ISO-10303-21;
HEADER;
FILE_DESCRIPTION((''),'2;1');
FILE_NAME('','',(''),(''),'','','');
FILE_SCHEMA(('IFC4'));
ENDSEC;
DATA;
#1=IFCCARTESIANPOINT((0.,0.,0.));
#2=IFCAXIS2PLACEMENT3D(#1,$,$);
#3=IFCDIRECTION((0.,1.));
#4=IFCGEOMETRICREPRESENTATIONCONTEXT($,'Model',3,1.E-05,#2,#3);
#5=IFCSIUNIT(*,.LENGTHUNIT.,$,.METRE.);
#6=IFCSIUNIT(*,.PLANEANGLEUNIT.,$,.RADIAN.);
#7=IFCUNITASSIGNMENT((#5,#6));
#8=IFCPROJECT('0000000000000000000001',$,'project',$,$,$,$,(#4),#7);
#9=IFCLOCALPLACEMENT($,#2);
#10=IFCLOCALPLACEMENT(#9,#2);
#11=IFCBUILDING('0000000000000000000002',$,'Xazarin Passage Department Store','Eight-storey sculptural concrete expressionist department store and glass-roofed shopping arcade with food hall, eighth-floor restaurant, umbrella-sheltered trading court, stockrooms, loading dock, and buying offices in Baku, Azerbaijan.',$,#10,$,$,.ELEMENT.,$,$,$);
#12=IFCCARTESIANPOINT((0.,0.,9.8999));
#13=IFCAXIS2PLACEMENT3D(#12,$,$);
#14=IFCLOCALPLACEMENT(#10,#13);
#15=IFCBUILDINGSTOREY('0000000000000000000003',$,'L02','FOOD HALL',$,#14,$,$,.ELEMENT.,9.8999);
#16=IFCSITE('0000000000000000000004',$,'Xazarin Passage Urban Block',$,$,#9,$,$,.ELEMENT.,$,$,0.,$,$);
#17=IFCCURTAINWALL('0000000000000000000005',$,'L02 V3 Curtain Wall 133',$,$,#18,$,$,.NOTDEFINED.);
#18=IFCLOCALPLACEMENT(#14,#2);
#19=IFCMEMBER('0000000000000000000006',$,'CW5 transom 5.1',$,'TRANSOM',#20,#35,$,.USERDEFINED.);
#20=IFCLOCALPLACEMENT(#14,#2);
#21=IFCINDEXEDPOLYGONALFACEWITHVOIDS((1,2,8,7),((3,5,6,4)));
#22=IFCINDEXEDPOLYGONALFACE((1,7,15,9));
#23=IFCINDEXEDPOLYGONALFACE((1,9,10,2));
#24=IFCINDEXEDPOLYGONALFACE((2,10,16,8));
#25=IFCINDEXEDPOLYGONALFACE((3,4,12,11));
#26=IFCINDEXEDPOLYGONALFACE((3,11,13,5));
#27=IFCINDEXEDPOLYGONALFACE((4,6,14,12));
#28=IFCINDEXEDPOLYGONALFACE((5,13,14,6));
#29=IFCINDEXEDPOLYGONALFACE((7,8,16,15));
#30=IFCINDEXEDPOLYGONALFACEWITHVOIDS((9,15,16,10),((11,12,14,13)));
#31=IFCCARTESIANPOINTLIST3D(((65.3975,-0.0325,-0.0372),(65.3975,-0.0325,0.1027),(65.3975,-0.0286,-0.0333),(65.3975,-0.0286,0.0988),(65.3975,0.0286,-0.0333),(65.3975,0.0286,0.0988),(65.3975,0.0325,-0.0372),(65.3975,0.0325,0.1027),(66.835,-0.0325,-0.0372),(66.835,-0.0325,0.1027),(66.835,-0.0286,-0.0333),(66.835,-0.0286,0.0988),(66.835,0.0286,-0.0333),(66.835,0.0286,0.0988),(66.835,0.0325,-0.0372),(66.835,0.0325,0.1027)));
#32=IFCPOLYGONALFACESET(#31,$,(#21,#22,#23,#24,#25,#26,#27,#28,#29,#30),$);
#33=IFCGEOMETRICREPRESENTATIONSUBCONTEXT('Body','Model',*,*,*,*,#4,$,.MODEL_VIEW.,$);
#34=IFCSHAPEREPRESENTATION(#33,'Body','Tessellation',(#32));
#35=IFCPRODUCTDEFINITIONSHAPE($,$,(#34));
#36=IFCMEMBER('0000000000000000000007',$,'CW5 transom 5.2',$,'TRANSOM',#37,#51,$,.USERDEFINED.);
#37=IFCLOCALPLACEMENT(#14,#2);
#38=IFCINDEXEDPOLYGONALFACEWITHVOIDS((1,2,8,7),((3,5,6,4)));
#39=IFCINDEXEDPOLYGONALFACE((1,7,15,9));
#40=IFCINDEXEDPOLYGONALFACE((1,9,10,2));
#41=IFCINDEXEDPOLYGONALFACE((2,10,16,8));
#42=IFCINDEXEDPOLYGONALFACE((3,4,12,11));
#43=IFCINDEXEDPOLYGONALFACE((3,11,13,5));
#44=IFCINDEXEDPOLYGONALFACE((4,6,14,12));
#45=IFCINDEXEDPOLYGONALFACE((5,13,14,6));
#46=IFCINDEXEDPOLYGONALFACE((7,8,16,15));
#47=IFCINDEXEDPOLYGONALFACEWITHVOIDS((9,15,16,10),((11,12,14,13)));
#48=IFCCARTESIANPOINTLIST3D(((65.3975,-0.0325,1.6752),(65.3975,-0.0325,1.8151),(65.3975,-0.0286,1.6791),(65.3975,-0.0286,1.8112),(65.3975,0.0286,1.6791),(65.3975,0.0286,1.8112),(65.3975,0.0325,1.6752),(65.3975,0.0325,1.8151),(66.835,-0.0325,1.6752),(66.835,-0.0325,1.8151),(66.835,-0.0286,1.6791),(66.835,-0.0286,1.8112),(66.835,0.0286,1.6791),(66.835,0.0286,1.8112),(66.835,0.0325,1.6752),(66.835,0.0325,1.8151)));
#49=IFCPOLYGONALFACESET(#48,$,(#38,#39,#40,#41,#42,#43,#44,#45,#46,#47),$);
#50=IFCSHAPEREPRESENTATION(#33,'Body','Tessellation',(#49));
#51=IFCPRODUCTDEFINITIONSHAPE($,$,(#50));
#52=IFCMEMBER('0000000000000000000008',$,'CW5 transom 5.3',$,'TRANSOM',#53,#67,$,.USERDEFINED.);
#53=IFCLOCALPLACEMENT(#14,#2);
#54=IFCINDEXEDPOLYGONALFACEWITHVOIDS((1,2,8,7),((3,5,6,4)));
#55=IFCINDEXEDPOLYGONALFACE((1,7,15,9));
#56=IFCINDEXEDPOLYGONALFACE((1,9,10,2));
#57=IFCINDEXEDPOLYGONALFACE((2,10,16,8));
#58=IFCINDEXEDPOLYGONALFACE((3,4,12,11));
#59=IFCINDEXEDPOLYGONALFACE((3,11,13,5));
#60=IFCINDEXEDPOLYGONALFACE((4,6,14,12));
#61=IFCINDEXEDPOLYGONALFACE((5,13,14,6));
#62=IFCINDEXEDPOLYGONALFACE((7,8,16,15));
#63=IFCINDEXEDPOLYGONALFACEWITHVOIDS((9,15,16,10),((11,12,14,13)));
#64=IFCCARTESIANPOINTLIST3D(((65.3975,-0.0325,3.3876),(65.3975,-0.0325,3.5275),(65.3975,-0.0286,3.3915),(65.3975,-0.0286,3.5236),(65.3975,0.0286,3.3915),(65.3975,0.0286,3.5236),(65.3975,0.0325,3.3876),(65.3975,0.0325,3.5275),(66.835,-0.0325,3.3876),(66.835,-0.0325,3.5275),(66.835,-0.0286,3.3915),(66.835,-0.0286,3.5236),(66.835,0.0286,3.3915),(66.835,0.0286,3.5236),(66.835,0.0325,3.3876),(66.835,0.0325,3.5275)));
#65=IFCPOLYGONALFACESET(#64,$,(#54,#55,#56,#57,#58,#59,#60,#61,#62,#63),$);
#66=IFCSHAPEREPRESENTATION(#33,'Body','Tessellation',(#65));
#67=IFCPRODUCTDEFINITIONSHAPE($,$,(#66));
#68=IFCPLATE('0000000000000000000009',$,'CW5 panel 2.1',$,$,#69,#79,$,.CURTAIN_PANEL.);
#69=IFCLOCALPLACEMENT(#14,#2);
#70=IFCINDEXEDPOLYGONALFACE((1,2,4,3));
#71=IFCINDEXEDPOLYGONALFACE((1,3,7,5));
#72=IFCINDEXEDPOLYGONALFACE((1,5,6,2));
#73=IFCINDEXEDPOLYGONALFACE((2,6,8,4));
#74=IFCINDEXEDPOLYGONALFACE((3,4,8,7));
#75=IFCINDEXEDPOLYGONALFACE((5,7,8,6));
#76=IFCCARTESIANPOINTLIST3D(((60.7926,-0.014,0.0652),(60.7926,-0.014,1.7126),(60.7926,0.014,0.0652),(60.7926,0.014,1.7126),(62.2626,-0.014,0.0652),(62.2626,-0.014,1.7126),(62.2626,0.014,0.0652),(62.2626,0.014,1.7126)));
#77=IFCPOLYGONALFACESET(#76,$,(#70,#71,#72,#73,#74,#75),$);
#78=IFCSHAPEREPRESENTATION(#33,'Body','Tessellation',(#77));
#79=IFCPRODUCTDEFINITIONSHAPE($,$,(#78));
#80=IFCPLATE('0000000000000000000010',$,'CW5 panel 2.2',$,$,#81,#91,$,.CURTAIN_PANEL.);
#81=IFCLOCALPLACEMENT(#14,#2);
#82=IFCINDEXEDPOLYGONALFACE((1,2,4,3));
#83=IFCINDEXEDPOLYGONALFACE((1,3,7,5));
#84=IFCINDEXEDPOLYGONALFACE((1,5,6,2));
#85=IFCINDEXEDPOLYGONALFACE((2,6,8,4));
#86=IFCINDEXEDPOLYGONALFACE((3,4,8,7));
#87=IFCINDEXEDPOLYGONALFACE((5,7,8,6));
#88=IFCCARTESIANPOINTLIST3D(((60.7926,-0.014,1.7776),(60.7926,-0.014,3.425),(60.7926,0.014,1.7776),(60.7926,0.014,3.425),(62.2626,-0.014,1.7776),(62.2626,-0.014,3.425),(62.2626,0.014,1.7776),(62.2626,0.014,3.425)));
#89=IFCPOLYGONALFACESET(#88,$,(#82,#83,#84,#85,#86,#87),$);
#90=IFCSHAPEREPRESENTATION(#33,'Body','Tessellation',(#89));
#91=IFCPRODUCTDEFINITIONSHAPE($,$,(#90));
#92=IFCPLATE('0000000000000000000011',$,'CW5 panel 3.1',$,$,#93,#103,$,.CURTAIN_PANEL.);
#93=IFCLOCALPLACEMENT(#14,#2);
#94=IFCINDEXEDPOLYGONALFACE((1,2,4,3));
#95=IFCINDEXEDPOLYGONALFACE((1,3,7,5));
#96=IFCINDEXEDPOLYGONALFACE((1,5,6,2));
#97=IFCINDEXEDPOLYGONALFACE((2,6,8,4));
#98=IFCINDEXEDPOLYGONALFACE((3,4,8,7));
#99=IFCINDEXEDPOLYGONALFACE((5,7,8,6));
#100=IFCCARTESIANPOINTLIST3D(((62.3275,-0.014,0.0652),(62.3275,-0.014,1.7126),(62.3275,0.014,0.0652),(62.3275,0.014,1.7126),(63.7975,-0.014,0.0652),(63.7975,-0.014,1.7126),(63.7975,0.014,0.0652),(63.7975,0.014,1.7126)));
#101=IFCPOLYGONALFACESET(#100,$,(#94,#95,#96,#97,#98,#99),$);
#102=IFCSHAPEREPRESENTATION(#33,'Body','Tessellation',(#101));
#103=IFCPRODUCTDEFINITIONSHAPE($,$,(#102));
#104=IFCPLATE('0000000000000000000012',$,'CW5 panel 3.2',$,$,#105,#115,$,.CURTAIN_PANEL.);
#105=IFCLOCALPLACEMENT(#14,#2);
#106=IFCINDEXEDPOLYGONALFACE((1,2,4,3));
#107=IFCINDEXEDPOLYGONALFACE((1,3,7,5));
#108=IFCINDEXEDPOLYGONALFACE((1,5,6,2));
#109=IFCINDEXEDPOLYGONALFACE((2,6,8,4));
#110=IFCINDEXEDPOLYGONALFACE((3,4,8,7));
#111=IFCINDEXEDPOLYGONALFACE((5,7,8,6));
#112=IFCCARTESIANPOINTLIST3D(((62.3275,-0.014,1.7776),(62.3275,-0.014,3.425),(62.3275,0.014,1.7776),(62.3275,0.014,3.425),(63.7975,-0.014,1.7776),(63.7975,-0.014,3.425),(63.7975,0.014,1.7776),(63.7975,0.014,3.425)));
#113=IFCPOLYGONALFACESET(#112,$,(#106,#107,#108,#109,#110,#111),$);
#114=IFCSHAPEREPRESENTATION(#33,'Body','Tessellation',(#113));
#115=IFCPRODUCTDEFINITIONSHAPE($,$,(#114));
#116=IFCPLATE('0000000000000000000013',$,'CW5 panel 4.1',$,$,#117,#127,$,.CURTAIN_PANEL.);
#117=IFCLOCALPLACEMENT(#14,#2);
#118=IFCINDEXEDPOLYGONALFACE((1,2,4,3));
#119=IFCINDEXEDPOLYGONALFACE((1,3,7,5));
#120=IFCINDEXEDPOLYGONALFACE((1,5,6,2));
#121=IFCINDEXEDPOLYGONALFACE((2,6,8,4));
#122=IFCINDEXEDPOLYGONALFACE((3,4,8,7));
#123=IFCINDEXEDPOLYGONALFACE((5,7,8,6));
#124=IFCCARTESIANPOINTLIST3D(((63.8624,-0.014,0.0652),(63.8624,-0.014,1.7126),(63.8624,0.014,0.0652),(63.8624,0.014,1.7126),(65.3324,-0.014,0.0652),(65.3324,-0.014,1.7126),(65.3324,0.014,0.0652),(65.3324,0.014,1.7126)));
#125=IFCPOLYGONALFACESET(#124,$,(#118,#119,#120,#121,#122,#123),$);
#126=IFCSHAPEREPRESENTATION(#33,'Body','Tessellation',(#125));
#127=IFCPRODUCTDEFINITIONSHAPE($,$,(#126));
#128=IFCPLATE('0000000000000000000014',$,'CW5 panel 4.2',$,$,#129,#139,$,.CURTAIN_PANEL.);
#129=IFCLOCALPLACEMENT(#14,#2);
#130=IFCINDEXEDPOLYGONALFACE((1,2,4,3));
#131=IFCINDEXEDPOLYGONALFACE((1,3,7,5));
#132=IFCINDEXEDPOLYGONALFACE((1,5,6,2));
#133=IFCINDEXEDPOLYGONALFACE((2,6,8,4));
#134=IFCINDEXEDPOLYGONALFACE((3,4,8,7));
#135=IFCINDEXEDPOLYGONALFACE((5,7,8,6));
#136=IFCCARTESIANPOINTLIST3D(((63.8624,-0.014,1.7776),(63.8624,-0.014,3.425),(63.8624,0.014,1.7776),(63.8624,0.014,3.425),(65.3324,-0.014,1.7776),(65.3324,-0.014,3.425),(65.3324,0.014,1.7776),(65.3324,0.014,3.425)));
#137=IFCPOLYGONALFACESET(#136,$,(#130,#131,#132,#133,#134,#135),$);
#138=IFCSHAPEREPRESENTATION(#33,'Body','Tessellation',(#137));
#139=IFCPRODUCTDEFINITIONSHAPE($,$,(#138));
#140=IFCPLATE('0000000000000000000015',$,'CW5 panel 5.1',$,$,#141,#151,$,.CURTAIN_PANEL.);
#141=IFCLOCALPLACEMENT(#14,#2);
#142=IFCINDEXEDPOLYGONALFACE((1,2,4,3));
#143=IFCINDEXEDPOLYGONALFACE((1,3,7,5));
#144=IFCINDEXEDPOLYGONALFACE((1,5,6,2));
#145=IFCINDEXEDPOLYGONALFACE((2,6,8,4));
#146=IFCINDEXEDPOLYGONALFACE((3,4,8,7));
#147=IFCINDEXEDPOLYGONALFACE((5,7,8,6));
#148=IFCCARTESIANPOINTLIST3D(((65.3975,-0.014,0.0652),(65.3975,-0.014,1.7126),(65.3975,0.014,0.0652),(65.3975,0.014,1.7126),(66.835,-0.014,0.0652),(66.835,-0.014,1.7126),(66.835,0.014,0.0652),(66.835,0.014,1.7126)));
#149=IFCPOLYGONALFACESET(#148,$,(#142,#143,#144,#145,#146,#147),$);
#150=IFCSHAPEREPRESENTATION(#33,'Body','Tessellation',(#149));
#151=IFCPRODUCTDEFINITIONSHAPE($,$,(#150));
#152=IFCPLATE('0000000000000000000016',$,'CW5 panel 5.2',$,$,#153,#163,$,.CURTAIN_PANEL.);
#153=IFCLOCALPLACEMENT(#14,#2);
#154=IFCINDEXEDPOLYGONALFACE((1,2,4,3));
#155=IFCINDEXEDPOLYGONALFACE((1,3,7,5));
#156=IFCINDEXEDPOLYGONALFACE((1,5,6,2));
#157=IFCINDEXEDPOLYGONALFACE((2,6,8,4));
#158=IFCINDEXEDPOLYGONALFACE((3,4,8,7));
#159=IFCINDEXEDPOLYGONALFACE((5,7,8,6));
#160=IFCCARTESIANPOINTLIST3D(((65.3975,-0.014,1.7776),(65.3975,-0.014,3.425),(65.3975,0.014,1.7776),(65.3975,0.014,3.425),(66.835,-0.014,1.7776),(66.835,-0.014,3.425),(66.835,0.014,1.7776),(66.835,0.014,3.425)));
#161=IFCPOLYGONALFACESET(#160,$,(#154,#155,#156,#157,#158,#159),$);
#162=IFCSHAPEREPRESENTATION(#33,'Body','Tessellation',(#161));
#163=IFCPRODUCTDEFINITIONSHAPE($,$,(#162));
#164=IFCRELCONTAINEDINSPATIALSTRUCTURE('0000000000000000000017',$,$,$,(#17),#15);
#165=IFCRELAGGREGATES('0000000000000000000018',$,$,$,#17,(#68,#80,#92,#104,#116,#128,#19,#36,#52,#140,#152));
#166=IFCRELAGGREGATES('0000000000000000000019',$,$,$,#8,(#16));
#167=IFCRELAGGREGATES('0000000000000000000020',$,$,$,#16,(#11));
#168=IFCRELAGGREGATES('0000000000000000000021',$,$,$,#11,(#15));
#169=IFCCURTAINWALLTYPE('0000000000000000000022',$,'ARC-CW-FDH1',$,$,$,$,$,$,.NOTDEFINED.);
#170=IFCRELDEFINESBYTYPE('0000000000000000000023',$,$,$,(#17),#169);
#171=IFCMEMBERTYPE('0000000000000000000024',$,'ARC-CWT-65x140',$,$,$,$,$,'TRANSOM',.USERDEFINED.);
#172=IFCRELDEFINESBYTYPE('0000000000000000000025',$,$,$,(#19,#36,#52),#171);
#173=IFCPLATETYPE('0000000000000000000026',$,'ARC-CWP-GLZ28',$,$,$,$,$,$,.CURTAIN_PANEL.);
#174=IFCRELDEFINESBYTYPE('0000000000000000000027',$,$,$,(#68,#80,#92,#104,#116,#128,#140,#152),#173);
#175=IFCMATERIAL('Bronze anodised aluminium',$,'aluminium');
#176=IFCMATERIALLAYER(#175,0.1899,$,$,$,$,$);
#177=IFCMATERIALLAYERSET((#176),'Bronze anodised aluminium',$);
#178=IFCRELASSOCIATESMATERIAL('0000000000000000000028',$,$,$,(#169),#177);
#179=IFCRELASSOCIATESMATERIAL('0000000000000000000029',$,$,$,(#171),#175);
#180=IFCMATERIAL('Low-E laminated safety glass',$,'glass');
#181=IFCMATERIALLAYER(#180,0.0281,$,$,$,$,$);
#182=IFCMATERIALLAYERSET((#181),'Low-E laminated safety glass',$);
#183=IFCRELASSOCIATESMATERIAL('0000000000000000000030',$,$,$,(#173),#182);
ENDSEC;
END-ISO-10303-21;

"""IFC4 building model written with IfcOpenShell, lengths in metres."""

from ifc_helpers import new_model, si_unit, direction, frame, origin, origin_2d, place, context, subcontext, project, spatial, rectangle, hollow_rectangle, extrude, material, layer, layer_set, material_profile, profile_set, type_object, element, aggregate, save


model = new_model("IFC4")

# Units and contexts
model_context = context("Model", 3, precision=1e-05, world=origin(), true_north=direction((0.0, 1.0)))
body_context = subcontext(model_context, "Body", "Model", "MODEL_VIEW")
ifc_project = project(units=[si_unit("LENGTHUNIT", "METRE"), si_unit("PLANEANGLEUNIT", "RADIAN")], contexts=[model_context])

# Site, building, storey
site_placement = place(None, origin())
site = spatial("IfcSite", under=ifc_project, at=site_placement, Name="Xazarin Passage Urban Block", CompositionType="ELEMENT", RefElevation=0.0)
building_placement = place(site_placement, origin())
building = spatial("IfcBuilding", under=site, at=building_placement, Name="Xazarin Passage Department Store", Description="Eight-storey sculptural concrete expressionist department store and glass-roofed shopping arcade with food hall, eighth-floor restaurant, umbrella-sheltered trading court, stockrooms, loading dock, and buying offices in Baku, Azerbaijan.", CompositionType="ELEMENT")
storey_placement = place(building_placement, frame((0.0, 0.0, 9.8999)))
storey = spatial("IfcBuildingStorey", under=building, at=storey_placement, Name="L02", Description="FOOD HALL", CompositionType="ELEMENT", Elevation=9.8999)

# Curtain wall, members, plates
ifc_material_1 = material(Name="Bronze anodised aluminium", Category="aluminium")
ifc_layer_1 = layer(ifc_material_1, 0.1899)
ifc_layer_set_1 = layer_set([ifc_layer_1], Name="Bronze anodised aluminium")
curtain_wall_type = type_object("IfcCurtainWallType", Name="ARC-CW-FDH1", PredefinedType="NOTDEFINED", material=ifc_layer_set_1)
curtain_wall_placement = place(storey_placement, origin())
curtain_wall = element("IfcCurtainWall", 1, at=curtain_wall_placement, inside=storey, type_object=curtain_wall_type, Name="L02 V3 Curtain Wall 133", PredefinedType="NOTDEFINED")
ifc_material_profile_1 = material_profile(ifc_material_1, hollow_rectangle(XDim=0.0649, YDim=0.1399, WallThickness=0.0039, at=origin_2d()), Name="ALU 65x140")
ifc_profile_set_1 = profile_set([ifc_material_profile_1], Name="Bronze anodised aluminium")
member_type_1 = type_object("IfcMemberType", Name="ARC-CWT-65x140", ElementType="TRANSOM", PredefinedType="USERDEFINED", material=ifc_profile_set_1)
member_1_placement = place(storey_placement, frame((65.3975, 0.0, 0.0327), z_axis=(1.0, 0.0, 0.0), x_axis=(0.0, 1.0, 0.0)))
member_1 = element("IfcMember", 2, at=member_1_placement, type_object=member_type_1, Name="CW5 transom 5.1", ObjectType="TRANSOM", PredefinedType="USERDEFINED", context=body_context, shape_type="SweptSolid", body=[
    extrude(hollow_rectangle(XDim=0.0649, YDim=0.1399, WallThickness=0.0039, at=origin_2d()), origin(), (0.0, 0.0, 1.0), 1.4375),
])
member_2_placement = place(storey_placement, frame((65.3975, 0.0, 1.7451), z_axis=(1.0, 0.0, 0.0), x_axis=(0.0, 1.0, 0.0)))
member_2 = element("IfcMember", 3, at=member_2_placement, type_object=member_type_1, Name="CW5 transom 5.2", ObjectType="TRANSOM", PredefinedType="USERDEFINED", context=body_context, shape_type="SweptSolid", body=[
    extrude(hollow_rectangle(XDim=0.0649, YDim=0.1399, WallThickness=0.0039, at=origin_2d()), origin(), (0.0, 0.0, 1.0), 1.4375),
])
member_3_placement = place(storey_placement, frame((65.3975, 0.0, 3.4575), z_axis=(1.0, 0.0, 0.0), x_axis=(0.0, 1.0, 0.0)))
member_3 = element("IfcMember", 4, at=member_3_placement, type_object=member_type_1, Name="CW5 transom 5.3", ObjectType="TRANSOM", PredefinedType="USERDEFINED", context=body_context, shape_type="SweptSolid", body=[
    extrude(hollow_rectangle(XDim=0.0649, YDim=0.1399, WallThickness=0.0039, at=origin_2d()), origin(), (0.0, 0.0, 1.0), 1.4375),
])
ifc_material_2 = material(Name="Low-E laminated safety glass", Category="glass")
ifc_layer_2 = layer(ifc_material_2, 0.0281)
ifc_layer_set_2 = layer_set([ifc_layer_2], Name="Low-E laminated safety glass")
plate_type = type_object("IfcPlateType", Name="ARC-CWP-GLZ28", PredefinedType="CURTAIN_PANEL", material=ifc_layer_set_2)
plate_1_placement = place(storey_placement, frame((61.5276, 0.0, 0.0652), z_axis=(0.0, 0.0, 1.0), x_axis=(1.0, 0.0, 0.0)))
plate_1 = element("IfcPlate", 5, at=plate_1_placement, type_object=plate_type, Name="CW5 panel 2.1", PredefinedType="CURTAIN_PANEL", context=body_context, shape_type="SweptSolid", body=[
    extrude(rectangle(XDim=1.47, YDim=0.0281, at=origin_2d()), origin(), (0.0, 0.0, 1.0), 1.6475),
])
plate_2_placement = place(storey_placement, frame((61.5276, 0.0, 1.7776), z_axis=(0.0, 0.0, 1.0), x_axis=(1.0, 0.0, 0.0)))
plate_2 = element("IfcPlate", 6, at=plate_2_placement, type_object=plate_type, Name="CW5 panel 2.2", PredefinedType="CURTAIN_PANEL", context=body_context, shape_type="SweptSolid", body=[
    extrude(rectangle(XDim=1.47, YDim=0.0281, at=origin_2d()), origin(), (0.0, 0.0, 1.0), 1.6475),
])
plate_3_placement = place(storey_placement, frame((63.0625, 0.0, 0.0652), z_axis=(0.0, 0.0, 1.0), x_axis=(1.0, 0.0, 0.0)))
plate_3 = element("IfcPlate", 7, at=plate_3_placement, type_object=plate_type, Name="CW5 panel 3.1", PredefinedType="CURTAIN_PANEL", context=body_context, shape_type="SweptSolid", body=[
    extrude(rectangle(XDim=1.47, YDim=0.0281, at=origin_2d()), origin(), (0.0, 0.0, 1.0), 1.6475),
])
plate_4_placement = place(storey_placement, frame((63.0625, 0.0, 1.7776), z_axis=(0.0, 0.0, 1.0), x_axis=(1.0, 0.0, 0.0)))
plate_4 = element("IfcPlate", 8, at=plate_4_placement, type_object=plate_type, Name="CW5 panel 3.2", PredefinedType="CURTAIN_PANEL", context=body_context, shape_type="SweptSolid", body=[
    extrude(rectangle(XDim=1.47, YDim=0.0281, at=origin_2d()), origin(), (0.0, 0.0, 1.0), 1.6475),
])
plate_5_placement = place(storey_placement, frame((64.5974, 0.0, 0.0652), z_axis=(0.0, 0.0, 1.0), x_axis=(1.0, 0.0, 0.0)))
plate_5 = element("IfcPlate", 9, at=plate_5_placement, type_object=plate_type, Name="CW5 panel 4.1", PredefinedType="CURTAIN_PANEL", context=body_context, shape_type="SweptSolid", body=[
    extrude(rectangle(XDim=1.47, YDim=0.0281, at=origin_2d()), origin(), (0.0, 0.0, 1.0), 1.6475),
])
plate_6_placement = place(storey_placement, frame((64.5974, 0.0, 1.7776), z_axis=(0.0, 0.0, 1.0), x_axis=(1.0, 0.0, 0.0)))
plate_6 = element("IfcPlate", 10, at=plate_6_placement, type_object=plate_type, Name="CW5 panel 4.2", PredefinedType="CURTAIN_PANEL", context=body_context, shape_type="SweptSolid", body=[
    extrude(rectangle(XDim=1.47, YDim=0.0281, at=origin_2d()), origin(), (0.0, 0.0, 1.0), 1.6475),
])
plate_7_placement = place(storey_placement, frame((66.1162, 0.0, 0.0652), z_axis=(0.0, 0.0, 1.0), x_axis=(1.0, 0.0, 0.0)))
plate_7 = element("IfcPlate", 11, at=plate_7_placement, type_object=plate_type, Name="CW5 panel 5.1", PredefinedType="CURTAIN_PANEL", context=body_context, shape_type="SweptSolid", body=[
    extrude(rectangle(XDim=1.4375, YDim=0.0281, at=origin_2d()), origin(), (0.0, 0.0, 1.0), 1.6475),
])
plate_8_placement = place(storey_placement, frame((66.1162, 0.0, 1.7776), z_axis=(0.0, 0.0, 1.0), x_axis=(1.0, 0.0, 0.0)))
plate_8 = element("IfcPlate", 12, at=plate_8_placement, type_object=plate_type, Name="CW5 panel 5.2", PredefinedType="CURTAIN_PANEL", context=body_context, shape_type="SweptSolid", body=[
    extrude(rectangle(XDim=1.4375, YDim=0.0281, at=origin_2d()), origin(), (0.0, 0.0, 1.0), 1.6475),
])
aggregate(curtain_wall, [plate_1, plate_2, plate_3, plate_4, plate_5, plate_6, member_1, member_2, member_3, plate_7, plate_8])

save(model, "model.ifc")
